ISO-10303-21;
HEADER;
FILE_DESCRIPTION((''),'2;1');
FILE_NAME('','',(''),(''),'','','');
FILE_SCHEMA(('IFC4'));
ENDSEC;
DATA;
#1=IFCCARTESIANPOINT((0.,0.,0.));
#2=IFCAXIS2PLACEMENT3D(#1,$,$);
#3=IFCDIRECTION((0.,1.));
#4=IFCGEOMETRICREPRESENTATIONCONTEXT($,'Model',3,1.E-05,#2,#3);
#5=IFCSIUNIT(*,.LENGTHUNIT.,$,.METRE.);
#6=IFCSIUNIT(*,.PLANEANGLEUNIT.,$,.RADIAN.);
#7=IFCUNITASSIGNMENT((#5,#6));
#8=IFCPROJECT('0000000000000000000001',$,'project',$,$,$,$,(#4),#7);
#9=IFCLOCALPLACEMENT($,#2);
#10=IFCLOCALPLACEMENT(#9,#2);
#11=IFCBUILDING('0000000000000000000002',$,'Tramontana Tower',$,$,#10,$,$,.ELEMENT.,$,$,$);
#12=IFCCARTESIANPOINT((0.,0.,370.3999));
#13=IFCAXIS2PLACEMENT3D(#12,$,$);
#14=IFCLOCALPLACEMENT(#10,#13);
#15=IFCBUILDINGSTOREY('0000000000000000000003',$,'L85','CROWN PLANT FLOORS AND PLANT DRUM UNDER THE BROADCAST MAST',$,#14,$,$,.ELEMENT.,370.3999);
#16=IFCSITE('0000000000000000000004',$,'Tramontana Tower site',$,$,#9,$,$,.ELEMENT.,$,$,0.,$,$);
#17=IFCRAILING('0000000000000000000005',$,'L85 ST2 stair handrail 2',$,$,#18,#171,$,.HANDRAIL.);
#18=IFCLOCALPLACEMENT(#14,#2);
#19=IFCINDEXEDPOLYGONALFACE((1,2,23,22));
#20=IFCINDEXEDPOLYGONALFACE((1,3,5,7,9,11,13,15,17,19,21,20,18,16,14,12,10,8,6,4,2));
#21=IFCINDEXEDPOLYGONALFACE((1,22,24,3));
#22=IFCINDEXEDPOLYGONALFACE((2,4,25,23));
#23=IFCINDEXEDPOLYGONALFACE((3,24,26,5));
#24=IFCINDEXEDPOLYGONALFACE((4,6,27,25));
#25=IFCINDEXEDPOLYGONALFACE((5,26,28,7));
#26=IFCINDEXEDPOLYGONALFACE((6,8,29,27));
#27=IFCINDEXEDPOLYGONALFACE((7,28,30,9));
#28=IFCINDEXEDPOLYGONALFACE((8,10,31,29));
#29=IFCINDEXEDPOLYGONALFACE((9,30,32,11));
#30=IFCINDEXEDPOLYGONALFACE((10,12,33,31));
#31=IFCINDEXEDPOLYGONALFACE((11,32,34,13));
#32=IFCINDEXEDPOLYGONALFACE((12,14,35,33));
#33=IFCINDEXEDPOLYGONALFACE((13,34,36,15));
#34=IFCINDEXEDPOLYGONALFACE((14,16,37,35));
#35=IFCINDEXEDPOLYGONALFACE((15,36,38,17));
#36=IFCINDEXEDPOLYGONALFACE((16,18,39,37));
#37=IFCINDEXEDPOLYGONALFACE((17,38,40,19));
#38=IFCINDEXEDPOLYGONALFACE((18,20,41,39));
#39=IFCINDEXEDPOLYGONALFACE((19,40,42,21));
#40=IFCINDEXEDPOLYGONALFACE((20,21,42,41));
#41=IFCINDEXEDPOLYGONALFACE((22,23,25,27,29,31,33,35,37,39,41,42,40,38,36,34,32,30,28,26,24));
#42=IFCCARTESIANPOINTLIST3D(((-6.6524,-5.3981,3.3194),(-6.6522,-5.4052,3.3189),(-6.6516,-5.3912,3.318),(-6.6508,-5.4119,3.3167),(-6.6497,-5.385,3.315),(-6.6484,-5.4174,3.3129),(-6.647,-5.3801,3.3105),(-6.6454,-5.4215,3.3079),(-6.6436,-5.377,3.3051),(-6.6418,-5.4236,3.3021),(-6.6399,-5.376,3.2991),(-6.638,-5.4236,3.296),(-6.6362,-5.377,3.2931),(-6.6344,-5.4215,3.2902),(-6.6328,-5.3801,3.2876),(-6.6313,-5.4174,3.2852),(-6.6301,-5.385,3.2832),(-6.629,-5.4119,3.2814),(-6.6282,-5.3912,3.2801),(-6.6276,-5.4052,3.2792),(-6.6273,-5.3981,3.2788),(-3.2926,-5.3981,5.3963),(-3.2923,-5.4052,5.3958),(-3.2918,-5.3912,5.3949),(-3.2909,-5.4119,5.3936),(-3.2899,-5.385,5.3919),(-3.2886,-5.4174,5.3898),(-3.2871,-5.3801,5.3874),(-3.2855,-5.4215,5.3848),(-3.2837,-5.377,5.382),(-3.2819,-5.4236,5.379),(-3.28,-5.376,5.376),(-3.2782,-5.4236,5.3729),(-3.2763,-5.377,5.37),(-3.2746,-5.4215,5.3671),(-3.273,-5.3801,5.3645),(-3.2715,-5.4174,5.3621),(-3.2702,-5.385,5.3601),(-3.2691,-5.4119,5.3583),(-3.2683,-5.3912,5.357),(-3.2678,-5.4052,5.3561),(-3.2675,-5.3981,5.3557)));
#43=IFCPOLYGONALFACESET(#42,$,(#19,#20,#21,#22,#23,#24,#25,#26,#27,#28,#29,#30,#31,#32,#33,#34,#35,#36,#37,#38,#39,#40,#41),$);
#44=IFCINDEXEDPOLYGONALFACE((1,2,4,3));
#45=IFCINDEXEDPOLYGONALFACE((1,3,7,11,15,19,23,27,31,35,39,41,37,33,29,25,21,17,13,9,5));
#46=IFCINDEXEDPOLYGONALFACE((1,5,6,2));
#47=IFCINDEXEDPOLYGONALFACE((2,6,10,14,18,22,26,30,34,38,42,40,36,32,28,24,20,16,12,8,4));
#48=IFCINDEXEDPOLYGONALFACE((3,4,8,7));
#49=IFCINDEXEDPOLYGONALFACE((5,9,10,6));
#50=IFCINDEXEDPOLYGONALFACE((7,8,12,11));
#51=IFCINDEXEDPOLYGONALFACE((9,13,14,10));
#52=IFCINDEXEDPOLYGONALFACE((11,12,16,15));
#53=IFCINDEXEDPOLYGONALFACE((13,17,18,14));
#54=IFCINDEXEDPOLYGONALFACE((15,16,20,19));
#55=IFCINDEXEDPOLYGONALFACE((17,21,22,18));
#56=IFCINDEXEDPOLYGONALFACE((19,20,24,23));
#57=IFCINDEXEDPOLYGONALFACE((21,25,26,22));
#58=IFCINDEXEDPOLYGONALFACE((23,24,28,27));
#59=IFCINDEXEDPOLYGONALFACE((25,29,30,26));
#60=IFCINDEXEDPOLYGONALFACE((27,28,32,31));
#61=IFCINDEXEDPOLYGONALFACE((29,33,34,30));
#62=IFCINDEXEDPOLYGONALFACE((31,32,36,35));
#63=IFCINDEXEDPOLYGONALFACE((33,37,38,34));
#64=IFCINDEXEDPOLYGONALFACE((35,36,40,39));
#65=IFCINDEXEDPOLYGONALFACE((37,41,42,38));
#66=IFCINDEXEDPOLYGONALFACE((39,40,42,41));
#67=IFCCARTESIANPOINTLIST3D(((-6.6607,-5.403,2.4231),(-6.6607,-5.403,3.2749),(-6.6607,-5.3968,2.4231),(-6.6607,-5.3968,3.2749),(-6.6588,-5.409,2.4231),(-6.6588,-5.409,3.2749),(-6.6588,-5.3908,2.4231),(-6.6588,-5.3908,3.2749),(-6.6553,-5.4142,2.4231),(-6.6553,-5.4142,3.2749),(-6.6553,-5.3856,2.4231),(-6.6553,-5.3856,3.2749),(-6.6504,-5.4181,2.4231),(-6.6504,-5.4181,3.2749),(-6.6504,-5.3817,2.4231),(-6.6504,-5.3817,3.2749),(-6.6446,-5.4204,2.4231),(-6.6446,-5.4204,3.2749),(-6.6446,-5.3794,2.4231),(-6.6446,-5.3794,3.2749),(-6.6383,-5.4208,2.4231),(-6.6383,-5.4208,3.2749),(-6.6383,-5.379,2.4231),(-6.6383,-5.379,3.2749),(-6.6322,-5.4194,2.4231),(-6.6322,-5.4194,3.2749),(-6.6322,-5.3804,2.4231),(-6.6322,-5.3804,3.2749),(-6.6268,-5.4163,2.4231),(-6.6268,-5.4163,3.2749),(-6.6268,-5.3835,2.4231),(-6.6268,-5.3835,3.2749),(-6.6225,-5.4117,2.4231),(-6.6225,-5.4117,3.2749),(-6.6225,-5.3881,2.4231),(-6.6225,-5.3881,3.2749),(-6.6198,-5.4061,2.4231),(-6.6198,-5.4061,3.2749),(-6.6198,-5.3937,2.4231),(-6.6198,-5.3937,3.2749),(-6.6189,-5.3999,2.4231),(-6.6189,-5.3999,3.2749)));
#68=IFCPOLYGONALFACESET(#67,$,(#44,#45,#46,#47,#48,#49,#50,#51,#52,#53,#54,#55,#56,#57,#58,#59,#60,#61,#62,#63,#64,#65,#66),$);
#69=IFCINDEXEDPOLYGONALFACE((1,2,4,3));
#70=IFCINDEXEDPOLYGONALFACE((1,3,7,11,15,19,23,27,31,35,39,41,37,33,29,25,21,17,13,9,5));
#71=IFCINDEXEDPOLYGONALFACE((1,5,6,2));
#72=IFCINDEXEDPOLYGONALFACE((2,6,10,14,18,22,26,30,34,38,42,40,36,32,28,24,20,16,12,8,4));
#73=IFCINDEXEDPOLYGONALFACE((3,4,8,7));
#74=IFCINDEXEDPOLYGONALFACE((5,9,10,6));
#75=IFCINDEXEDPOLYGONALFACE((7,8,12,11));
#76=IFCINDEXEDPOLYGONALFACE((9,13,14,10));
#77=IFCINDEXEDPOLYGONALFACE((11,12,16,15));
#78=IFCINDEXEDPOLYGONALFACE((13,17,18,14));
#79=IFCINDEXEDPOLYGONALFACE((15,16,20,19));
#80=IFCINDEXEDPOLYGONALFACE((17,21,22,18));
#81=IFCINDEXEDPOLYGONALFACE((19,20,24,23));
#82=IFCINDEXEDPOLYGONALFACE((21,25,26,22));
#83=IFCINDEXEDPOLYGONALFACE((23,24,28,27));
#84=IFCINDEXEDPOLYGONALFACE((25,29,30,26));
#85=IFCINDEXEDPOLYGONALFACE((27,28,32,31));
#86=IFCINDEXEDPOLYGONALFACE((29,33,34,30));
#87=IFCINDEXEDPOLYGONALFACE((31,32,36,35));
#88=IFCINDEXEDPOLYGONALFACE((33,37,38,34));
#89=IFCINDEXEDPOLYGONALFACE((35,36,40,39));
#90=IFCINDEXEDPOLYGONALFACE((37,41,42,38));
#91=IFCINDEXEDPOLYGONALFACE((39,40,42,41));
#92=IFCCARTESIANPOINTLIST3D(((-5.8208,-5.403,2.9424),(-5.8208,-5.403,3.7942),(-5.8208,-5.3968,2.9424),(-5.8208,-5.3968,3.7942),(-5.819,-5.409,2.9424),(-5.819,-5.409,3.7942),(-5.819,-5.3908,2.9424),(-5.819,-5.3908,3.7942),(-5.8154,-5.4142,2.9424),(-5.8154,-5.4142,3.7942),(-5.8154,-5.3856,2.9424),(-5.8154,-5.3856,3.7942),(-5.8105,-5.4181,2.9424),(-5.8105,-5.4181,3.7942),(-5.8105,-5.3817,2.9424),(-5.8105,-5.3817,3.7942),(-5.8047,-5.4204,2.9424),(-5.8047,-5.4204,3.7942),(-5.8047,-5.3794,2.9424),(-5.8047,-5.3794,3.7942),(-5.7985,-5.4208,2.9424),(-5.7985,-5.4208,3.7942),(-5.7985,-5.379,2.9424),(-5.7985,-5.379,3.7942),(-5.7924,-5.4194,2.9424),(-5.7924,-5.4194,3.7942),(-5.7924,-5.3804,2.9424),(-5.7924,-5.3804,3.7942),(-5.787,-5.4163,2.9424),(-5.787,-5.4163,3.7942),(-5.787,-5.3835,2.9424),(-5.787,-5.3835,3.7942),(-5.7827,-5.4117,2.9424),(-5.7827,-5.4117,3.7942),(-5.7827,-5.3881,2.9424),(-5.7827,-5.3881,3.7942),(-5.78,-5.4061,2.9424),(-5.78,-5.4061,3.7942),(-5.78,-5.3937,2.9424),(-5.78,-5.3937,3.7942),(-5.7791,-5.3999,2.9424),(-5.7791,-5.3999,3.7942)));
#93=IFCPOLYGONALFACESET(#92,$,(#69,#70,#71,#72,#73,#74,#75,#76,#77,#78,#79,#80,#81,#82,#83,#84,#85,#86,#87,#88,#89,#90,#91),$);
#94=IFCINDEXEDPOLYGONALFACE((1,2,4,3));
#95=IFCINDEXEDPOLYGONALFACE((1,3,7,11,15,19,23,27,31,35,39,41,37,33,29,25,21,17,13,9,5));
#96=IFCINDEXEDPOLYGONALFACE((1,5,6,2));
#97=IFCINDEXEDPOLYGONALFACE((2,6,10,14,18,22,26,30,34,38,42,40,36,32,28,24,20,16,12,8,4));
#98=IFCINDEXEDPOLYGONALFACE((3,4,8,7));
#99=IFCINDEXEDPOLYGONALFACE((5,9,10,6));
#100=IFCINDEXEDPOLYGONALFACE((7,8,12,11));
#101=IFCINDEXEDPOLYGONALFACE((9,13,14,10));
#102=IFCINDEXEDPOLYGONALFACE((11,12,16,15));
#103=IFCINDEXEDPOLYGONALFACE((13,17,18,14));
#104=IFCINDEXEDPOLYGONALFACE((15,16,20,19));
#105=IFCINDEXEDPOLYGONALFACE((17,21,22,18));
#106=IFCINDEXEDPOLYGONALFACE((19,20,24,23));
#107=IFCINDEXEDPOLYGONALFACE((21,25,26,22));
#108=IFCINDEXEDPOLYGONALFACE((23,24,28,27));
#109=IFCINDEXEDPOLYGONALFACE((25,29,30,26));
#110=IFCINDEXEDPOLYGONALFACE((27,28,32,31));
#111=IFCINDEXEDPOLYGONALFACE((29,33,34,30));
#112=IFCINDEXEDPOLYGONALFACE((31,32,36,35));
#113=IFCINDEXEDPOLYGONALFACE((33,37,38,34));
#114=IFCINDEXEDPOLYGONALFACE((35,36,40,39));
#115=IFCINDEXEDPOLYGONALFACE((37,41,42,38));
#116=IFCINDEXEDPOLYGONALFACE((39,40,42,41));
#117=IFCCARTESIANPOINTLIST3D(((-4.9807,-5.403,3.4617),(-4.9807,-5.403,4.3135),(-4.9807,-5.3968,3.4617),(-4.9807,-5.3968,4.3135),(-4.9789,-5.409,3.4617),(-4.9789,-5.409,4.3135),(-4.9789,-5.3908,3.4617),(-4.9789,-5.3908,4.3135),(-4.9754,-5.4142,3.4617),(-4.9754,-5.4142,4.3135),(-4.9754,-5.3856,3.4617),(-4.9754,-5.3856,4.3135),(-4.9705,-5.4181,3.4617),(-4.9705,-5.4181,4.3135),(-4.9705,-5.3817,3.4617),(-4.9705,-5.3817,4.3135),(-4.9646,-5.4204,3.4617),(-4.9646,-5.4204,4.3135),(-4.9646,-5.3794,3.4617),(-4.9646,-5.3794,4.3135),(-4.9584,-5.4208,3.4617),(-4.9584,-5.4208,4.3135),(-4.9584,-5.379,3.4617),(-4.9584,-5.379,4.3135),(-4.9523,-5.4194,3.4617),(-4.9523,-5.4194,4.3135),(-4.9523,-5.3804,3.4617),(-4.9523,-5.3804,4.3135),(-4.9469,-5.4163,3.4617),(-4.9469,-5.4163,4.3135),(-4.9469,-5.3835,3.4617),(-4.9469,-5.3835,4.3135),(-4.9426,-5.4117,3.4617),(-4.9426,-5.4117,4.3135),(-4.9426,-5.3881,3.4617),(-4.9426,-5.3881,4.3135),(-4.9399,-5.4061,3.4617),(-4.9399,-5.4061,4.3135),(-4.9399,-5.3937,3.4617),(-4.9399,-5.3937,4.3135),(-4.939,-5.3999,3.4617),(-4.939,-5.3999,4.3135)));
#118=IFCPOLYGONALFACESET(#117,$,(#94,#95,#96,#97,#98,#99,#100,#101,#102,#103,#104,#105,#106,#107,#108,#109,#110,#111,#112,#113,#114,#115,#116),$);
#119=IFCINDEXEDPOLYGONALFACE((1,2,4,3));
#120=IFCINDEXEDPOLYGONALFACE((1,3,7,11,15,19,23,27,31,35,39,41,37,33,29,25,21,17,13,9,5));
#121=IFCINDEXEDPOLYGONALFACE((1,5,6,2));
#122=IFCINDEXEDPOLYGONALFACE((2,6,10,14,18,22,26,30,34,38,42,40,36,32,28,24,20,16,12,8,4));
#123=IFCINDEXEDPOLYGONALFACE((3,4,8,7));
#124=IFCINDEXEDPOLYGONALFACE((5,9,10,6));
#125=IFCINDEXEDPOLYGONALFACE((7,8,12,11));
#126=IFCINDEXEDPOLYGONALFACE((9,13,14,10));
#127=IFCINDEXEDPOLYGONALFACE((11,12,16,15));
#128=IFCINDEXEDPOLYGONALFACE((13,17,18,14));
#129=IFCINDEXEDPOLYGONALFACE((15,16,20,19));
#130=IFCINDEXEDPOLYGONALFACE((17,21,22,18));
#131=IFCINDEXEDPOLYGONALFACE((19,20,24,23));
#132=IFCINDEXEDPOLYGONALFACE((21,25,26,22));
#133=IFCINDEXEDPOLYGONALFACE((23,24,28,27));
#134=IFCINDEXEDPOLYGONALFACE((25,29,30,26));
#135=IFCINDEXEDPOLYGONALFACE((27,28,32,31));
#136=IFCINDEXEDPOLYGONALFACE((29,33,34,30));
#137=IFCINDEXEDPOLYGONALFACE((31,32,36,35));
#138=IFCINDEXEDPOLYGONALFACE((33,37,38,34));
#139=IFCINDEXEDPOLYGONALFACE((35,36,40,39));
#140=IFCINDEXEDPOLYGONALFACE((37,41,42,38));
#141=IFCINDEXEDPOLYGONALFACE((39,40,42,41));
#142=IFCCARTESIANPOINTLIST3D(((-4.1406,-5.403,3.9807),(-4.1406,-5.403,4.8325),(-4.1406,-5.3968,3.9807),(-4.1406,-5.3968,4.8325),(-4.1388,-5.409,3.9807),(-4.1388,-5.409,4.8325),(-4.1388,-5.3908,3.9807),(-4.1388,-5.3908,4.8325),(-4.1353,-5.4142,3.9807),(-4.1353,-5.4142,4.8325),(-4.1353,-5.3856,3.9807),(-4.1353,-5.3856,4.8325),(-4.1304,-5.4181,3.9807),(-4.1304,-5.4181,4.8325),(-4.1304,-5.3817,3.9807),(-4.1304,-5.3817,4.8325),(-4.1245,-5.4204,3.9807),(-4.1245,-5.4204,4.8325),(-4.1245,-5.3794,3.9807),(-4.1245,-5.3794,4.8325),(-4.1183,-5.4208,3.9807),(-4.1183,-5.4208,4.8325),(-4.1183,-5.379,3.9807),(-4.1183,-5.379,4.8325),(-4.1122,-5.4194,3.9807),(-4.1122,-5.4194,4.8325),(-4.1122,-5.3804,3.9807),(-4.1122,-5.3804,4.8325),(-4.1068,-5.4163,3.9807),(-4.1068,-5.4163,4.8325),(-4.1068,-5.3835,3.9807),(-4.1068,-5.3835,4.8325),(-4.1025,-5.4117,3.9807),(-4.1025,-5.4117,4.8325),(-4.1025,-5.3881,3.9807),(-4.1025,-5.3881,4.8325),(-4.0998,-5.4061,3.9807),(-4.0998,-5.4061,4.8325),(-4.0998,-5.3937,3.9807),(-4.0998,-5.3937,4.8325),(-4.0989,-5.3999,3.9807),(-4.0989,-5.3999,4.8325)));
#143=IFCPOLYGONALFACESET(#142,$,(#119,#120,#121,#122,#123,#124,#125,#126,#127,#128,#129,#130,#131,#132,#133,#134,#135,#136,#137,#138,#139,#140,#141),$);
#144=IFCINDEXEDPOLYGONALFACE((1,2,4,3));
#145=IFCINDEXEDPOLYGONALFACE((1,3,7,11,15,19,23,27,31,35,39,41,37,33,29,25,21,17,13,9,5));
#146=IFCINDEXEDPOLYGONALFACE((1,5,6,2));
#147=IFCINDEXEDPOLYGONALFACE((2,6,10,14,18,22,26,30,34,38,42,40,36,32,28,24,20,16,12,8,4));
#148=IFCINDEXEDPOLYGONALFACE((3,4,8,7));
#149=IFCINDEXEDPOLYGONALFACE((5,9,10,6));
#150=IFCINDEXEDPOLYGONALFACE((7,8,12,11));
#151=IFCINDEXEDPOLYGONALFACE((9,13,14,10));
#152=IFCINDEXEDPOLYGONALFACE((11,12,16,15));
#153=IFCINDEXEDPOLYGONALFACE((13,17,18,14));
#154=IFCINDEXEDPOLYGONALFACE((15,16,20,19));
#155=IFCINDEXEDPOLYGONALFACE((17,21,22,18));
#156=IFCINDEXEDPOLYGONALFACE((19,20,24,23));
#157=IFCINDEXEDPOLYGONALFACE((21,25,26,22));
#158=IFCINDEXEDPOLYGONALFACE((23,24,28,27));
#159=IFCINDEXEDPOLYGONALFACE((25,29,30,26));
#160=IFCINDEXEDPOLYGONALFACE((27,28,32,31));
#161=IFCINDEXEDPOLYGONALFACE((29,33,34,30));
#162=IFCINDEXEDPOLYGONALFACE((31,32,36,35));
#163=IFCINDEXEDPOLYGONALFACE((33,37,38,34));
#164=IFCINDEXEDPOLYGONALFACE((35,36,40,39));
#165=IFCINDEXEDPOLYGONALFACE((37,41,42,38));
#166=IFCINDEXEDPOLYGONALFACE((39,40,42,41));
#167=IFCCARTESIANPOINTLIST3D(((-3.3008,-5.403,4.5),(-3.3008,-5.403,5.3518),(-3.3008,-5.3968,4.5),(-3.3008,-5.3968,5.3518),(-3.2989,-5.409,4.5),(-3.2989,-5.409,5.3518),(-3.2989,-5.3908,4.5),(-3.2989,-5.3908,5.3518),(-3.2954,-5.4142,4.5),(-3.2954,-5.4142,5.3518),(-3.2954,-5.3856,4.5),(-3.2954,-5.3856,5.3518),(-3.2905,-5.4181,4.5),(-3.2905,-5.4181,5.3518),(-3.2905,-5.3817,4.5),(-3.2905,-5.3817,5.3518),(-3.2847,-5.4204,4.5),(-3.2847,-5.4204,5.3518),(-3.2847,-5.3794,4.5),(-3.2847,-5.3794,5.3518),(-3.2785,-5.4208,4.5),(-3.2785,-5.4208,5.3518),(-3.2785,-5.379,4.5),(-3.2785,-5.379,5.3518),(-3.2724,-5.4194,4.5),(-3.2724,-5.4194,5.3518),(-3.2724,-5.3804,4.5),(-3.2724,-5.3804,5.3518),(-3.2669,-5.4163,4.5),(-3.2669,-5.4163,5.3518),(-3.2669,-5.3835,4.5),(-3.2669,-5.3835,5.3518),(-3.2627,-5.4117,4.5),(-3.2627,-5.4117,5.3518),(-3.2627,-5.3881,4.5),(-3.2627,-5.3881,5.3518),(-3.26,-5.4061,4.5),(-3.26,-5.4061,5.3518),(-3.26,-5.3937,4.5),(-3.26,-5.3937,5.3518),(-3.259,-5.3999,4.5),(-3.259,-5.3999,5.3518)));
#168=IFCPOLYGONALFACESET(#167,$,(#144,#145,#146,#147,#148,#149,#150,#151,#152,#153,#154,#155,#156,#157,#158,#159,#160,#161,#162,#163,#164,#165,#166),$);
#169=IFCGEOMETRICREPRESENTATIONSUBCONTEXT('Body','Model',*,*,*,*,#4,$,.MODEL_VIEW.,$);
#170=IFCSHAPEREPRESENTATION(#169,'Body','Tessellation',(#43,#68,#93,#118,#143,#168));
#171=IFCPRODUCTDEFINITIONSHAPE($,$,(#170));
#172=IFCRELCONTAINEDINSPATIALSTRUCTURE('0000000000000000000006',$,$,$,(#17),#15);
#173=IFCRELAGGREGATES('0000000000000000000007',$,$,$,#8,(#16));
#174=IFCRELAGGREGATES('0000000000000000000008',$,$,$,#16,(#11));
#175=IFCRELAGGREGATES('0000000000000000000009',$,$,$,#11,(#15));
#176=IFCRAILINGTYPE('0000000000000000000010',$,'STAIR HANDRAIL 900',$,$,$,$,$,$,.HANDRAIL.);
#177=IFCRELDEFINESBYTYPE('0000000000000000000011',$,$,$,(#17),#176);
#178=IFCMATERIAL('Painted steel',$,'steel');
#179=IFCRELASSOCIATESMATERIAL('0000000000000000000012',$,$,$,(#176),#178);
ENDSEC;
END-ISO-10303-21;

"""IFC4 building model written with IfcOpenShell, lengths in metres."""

from ifc_helpers import new_model, si_unit, direction, frame, origin, origin_2d, place, context, subcontext, project, spatial, circle, extrude, material, type_object, element, save


model = new_model("IFC4")

# Units and contexts
model_context = context("Model", 3, precision=1e-05, world=origin(), true_north=direction((0.0, 1.0)))
body_context = subcontext(model_context, "Body", "Model", "MODEL_VIEW")
ifc_project = project(units=[si_unit("LENGTHUNIT", "METRE"), si_unit("PLANEANGLEUNIT", "RADIAN")], contexts=[model_context])

# Site, building, storey
site_placement = place(None, origin())
site = spatial("IfcSite", under=ifc_project, at=site_placement, Name="Tramontana Tower site", CompositionType="ELEMENT", RefElevation=0.0)
building_placement = place(site_placement, origin())
building = spatial("IfcBuilding", under=site, at=building_placement, Name="Tramontana Tower", CompositionType="ELEMENT")
storey_placement = place(building_placement, frame((0.0, 0.0, 370.3999)))
storey = spatial("IfcBuildingStorey", under=building, at=storey_placement, Name="L85", Description="CROWN PLANT FLOORS AND PLANT DRUM UNDER THE BROADCAST MAST", CompositionType="ELEMENT", Elevation=370.3999)

# Railing
ifc_material_1 = material(Name="Painted steel", Category="steel")
railing_type_1 = type_object("IfcRailingType", Name="STAIR HANDRAIL 900", PredefinedType="HANDRAIL", material=ifc_material_1)
railing_1_placement = place(storey_placement, frame((-6.6399, -5.3999, 2.4231)))
element("IfcRailing", 1, at=railing_1_placement, inside=storey, type_object=railing_type_1, Name="L85 ST2 stair handrail 2", PredefinedType="HANDRAIL", context=body_context, shape_type="SweptSolid", body=[
    extrude(circle(Radius=0.0239, at=origin_2d()), frame((0.0, 0.0, 0.876), z_axis=(0.850606, 0.0, 0.525803), x_axis=(0.0, 1.0, 0.0)), (0.0, 0.0, 1.0), 3.95),
    extrude(circle(Radius=0.021, at=origin_2d()), origin(), (0.0, 0.0, 1.0), 0.8518),
    extrude(circle(Radius=0.021, at=origin_2d()), frame((0.8398, 0.0, 0.5193)), (0.0, 0.0, 1.0), 0.8518),
    extrude(circle(Radius=0.021, at=origin_2d()), frame((1.6799, 0.0, 1.0386)), (0.0, 0.0, 1.0), 0.8518),
    extrude(circle(Radius=0.021, at=origin_2d()), frame((2.52, 0.0, 1.5576)), (0.0, 0.0, 1.0), 0.8518),
    extrude(circle(Radius=0.021, at=origin_2d()), frame((3.3599, 0.0, 2.0769)), (0.0, 0.0, 1.0), 0.8518),
])

save(model, "model.ifc")
